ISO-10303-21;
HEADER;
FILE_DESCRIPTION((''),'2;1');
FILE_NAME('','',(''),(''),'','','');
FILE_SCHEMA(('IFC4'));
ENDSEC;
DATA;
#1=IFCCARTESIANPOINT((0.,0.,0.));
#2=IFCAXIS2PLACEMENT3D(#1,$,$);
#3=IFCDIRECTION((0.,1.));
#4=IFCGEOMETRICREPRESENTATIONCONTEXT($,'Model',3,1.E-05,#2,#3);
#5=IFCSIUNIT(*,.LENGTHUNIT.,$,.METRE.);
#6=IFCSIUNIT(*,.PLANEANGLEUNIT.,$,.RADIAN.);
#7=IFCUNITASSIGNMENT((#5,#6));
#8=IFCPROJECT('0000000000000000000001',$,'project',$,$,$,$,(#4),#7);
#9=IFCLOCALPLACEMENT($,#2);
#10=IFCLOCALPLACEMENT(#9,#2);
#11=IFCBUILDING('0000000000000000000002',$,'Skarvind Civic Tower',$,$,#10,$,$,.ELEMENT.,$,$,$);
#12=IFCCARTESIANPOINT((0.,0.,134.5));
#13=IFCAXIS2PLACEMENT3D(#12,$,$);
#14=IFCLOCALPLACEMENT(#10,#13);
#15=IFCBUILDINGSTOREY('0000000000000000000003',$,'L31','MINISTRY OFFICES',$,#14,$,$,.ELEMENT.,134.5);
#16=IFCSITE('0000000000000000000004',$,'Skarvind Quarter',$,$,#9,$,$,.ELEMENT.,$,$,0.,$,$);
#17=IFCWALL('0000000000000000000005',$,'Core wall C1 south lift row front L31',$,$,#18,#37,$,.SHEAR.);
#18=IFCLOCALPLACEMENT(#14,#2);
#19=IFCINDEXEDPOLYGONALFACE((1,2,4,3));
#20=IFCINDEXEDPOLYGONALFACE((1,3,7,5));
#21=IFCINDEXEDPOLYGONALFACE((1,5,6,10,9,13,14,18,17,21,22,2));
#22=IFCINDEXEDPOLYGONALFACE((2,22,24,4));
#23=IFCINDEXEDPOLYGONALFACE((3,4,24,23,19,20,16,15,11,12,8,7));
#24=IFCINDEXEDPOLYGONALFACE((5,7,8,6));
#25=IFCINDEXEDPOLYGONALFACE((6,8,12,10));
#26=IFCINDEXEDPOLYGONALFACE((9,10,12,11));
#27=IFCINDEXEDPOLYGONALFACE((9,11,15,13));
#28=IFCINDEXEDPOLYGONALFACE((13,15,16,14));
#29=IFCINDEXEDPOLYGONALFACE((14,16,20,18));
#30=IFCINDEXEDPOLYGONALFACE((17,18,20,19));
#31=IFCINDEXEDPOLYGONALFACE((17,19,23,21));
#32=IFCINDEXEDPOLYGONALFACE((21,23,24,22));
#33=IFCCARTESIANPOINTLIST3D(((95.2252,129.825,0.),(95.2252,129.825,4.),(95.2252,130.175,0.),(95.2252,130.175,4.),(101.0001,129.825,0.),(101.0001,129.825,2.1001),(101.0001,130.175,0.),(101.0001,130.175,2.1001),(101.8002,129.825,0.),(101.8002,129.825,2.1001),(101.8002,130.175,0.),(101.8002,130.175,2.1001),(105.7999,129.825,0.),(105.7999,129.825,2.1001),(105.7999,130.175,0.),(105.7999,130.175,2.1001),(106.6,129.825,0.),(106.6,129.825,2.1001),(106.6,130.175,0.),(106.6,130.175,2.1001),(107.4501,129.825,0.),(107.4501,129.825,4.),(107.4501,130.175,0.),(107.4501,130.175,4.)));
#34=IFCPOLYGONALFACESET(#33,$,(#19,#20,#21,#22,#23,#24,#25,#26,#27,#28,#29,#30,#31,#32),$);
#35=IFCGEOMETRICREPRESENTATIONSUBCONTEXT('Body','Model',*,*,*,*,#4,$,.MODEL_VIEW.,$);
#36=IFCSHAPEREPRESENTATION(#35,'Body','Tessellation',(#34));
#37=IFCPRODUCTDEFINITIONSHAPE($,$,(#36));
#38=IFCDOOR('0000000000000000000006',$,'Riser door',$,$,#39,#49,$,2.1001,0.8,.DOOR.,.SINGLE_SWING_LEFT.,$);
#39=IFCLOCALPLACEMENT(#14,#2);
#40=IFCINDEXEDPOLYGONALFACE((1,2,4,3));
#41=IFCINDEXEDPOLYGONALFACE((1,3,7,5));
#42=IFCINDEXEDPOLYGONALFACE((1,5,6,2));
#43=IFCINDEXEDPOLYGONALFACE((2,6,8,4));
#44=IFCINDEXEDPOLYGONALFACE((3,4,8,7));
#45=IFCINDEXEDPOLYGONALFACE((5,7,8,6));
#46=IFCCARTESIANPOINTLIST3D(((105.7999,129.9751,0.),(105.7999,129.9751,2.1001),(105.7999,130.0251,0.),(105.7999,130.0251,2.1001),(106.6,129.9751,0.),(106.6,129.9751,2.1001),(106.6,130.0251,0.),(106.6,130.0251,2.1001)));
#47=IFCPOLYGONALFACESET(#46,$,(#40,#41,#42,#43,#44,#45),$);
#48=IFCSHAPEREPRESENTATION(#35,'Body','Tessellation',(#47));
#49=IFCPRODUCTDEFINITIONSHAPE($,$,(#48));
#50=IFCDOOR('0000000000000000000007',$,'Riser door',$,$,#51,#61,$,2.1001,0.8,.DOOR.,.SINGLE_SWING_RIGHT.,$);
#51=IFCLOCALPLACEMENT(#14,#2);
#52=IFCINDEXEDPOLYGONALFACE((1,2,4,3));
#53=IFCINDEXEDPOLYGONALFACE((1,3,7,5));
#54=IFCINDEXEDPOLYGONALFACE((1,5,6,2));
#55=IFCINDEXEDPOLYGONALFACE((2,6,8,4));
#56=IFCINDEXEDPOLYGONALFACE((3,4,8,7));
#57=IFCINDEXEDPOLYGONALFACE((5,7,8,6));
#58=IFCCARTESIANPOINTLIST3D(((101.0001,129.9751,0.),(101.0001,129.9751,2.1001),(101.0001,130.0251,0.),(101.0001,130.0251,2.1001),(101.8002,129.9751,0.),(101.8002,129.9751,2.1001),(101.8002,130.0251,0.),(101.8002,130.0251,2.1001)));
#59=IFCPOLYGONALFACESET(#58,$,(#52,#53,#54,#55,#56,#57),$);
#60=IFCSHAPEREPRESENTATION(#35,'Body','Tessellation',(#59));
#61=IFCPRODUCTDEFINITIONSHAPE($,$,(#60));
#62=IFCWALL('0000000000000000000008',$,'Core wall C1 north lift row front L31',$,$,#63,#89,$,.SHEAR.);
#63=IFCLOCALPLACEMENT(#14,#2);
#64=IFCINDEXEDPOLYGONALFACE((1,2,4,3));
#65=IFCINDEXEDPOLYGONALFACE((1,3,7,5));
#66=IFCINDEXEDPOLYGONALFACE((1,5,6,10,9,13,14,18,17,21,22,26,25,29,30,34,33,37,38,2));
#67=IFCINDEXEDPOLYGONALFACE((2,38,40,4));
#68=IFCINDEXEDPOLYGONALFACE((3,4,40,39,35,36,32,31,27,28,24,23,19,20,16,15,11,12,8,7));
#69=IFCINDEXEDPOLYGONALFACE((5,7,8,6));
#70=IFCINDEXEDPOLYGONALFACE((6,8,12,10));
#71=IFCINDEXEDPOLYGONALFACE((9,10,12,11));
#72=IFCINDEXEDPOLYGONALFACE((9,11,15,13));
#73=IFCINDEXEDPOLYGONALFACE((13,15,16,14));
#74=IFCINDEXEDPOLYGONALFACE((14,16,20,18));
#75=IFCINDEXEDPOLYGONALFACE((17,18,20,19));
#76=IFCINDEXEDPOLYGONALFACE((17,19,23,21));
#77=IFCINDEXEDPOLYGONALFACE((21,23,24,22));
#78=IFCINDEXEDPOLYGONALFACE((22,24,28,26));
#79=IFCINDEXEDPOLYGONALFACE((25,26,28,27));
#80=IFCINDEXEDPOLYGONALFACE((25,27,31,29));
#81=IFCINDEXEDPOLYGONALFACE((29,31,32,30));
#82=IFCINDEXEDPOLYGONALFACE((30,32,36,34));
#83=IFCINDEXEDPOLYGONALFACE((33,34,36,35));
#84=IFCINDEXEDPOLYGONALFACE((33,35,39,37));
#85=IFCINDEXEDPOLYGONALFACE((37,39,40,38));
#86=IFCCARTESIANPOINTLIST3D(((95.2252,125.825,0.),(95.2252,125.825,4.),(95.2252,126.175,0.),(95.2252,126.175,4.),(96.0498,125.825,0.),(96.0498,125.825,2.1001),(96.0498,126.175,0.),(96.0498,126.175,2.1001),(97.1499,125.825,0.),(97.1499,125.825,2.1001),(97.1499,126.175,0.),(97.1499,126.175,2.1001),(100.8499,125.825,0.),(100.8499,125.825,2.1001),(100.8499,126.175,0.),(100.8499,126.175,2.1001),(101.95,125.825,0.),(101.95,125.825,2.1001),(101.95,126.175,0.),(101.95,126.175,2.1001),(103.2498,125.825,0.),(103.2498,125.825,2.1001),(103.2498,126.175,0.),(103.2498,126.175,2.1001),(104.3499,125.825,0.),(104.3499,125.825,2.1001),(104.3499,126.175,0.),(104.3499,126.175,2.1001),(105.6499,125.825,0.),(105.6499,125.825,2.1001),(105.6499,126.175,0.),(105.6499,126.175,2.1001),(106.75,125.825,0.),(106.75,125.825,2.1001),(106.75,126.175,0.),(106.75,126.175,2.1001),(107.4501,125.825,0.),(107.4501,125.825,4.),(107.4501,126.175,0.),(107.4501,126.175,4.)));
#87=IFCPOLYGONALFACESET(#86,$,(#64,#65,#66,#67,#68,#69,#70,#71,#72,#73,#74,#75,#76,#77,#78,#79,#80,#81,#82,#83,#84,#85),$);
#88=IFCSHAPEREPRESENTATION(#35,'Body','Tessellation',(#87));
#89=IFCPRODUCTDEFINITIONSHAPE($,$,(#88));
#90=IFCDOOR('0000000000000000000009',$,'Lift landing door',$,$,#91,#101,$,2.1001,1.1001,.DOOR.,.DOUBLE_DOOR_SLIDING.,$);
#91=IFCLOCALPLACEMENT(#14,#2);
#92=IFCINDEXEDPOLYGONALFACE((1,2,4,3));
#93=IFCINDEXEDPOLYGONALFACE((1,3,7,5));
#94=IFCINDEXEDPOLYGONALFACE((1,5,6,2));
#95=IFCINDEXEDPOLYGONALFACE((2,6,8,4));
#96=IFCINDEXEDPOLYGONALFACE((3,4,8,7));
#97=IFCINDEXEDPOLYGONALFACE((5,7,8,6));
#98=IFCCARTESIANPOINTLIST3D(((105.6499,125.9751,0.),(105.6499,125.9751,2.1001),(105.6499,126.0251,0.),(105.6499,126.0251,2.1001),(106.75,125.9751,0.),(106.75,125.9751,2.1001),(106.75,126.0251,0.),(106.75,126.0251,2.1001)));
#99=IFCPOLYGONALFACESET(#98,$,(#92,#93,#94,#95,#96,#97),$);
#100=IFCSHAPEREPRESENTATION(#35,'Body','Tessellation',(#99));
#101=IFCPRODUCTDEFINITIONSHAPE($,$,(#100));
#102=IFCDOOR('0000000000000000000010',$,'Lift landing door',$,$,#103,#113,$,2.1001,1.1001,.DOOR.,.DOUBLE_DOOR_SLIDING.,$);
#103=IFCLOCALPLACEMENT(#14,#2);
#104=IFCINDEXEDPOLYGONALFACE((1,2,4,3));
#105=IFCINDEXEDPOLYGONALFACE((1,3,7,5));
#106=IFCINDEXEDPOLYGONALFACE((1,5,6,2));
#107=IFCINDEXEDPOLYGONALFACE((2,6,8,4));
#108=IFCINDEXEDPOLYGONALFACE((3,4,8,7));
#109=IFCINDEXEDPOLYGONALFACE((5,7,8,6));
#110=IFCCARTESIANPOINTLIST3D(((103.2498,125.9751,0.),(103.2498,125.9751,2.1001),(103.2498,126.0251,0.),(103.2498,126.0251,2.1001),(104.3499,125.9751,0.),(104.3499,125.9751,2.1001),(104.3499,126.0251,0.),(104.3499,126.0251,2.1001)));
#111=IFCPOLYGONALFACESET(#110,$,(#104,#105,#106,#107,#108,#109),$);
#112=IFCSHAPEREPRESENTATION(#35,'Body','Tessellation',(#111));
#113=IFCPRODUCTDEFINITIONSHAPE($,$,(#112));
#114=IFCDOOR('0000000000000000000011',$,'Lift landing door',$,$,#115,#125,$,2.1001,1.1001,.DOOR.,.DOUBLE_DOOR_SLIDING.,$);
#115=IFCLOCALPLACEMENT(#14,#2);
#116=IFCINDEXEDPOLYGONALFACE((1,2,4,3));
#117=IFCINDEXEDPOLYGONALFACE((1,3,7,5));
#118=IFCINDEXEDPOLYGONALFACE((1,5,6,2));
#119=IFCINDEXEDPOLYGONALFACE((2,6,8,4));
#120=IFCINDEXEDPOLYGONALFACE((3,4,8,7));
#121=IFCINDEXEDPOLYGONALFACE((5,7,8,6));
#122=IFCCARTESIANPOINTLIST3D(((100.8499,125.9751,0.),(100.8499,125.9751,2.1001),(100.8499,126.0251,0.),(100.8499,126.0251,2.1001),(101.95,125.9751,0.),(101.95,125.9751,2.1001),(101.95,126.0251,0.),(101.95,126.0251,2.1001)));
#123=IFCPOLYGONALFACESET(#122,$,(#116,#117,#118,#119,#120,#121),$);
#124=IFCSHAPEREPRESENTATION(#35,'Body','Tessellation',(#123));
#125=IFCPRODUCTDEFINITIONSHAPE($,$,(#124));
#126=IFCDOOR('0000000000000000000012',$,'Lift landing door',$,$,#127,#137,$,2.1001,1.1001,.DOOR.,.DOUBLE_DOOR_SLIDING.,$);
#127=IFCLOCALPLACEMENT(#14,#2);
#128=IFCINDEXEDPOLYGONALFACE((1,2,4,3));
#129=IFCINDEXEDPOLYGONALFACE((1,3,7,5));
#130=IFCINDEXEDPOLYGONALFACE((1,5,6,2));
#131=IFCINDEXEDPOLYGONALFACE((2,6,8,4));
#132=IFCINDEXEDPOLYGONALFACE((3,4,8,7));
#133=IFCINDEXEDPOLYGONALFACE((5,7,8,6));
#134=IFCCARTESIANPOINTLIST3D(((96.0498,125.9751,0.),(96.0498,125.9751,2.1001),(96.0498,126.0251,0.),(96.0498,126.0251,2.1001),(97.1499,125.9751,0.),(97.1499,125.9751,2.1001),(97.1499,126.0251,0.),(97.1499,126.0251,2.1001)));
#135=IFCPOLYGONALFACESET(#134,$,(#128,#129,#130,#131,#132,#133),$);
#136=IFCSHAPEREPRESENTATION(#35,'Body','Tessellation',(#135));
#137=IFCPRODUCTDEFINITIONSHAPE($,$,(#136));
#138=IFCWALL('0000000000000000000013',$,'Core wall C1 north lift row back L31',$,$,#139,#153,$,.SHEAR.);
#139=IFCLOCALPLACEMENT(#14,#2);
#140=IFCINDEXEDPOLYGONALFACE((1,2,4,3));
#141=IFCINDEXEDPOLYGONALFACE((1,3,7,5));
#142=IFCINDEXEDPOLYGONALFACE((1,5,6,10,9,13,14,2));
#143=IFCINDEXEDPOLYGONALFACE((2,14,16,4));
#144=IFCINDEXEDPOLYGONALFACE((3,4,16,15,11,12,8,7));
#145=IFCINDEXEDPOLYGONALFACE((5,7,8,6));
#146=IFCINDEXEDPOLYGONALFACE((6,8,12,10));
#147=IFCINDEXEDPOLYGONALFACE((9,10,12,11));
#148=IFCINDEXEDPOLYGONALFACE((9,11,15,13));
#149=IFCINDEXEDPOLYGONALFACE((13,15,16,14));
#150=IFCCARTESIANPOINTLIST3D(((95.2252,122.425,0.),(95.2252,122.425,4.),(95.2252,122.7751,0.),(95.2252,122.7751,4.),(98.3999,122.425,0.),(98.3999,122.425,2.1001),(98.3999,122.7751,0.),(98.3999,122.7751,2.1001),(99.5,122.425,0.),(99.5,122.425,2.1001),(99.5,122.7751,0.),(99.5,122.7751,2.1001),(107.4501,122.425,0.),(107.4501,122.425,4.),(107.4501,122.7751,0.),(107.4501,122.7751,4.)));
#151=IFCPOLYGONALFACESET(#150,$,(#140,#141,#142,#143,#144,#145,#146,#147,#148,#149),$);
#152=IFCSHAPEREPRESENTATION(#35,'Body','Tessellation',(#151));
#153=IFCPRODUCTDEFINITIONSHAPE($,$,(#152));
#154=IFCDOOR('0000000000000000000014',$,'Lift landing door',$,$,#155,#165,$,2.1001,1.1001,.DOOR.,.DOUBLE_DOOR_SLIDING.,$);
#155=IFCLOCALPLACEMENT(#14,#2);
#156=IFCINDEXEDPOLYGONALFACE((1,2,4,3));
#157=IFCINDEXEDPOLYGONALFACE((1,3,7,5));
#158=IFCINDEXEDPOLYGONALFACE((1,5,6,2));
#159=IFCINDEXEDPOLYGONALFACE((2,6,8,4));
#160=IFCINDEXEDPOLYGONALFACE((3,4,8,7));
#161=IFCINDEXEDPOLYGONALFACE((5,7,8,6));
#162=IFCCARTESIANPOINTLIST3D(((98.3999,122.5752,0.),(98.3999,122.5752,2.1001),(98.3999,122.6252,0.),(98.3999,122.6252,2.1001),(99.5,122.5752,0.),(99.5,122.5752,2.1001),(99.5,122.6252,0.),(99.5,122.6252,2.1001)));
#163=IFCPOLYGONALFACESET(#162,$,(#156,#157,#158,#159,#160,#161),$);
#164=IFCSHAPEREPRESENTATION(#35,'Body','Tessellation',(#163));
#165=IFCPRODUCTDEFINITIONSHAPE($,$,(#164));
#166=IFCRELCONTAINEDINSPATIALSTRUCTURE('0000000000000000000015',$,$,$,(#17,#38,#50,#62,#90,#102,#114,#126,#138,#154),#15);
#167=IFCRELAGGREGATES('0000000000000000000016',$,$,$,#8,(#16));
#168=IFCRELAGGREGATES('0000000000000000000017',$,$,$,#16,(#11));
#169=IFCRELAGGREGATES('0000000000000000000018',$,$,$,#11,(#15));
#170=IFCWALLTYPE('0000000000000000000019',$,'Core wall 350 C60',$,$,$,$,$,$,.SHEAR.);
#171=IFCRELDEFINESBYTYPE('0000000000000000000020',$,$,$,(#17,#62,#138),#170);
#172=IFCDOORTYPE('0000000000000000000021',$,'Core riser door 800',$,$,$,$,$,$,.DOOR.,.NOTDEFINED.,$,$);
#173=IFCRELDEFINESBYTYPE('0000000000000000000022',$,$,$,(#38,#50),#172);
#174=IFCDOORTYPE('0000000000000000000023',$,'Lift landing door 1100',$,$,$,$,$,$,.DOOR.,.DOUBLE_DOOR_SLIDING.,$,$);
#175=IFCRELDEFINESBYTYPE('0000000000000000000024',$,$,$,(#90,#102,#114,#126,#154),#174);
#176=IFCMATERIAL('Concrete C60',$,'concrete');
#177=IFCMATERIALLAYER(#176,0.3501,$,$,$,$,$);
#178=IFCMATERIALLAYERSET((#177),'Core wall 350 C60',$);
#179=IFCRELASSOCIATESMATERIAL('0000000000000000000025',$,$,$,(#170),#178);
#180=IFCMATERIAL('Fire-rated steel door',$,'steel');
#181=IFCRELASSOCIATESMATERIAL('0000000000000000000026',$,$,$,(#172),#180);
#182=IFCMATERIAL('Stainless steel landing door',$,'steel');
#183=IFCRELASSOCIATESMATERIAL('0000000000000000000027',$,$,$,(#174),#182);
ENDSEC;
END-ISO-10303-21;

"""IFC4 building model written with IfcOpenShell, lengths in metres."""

from ifc_helpers import new_model, si_unit, direction, frame, frame_2d, origin, place, context, subcontext, project, spatial, rectangle, extrude, material, layer, layer_set, type_object, element, fill, save


model = new_model("IFC4")

# Units and contexts
model_context = context("Model", 3, precision=1e-05, world=origin(), true_north=direction((0.0, 1.0)))
body_context = subcontext(model_context, "Body", "Model", "MODEL_VIEW")
ifc_project = project(units=[si_unit("LENGTHUNIT", "METRE"), si_unit("PLANEANGLEUNIT", "RADIAN")], contexts=[model_context])

# Site, building, storey
site_placement = place(None, origin())
site = spatial("IfcSite", under=ifc_project, at=site_placement, Name="Skarvind Quarter", CompositionType="ELEMENT", RefElevation=0.0)
building_placement = place(site_placement, origin())
building = spatial("IfcBuilding", under=site, at=building_placement, Name="Skarvind Civic Tower", CompositionType="ELEMENT")
storey_placement = place(building_placement, frame((0.0, 0.0, 134.5)))
storey = spatial("IfcBuildingStorey", under=building, at=storey_placement, Name="L31", Description="MINISTRY OFFICES", CompositionType="ELEMENT", Elevation=134.5)

# Walls, openings, doors
ifc_material_1 = material(Name="Concrete C60", Category="concrete")
ifc_layer_1 = layer(ifc_material_1, 0.3501)
ifc_layer_set_1 = layer_set([ifc_layer_1], Name="Core wall 350 C60")
wall_type_1 = type_object("IfcWallType", Name="Core wall 350 C60", PredefinedType="SHEAR", material=ifc_layer_set_1)
wall_1_placement = place(storey_placement, frame((107.45, 130.0, 0.0), z_axis=(0.0, 0.0, 1.0), x_axis=(-1.0, 0.0, 0.0)))
wall_1 = element("IfcWall", 1, at=wall_1_placement, inside=storey, type_object=wall_type_1, Name="Core wall C1 south lift row front L31", PredefinedType="SHEAR", context=body_context, shape_type="SweptSolid", body=[
    extrude(rectangle(XDim=12.2249, YDim=0.3501, at=frame_2d((6.1123, 0.0))), origin(), (0.0, 0.0, 1.0), 4.0),
])
opening_1_placement = place(wall_1_placement, frame((0.8501, 0.0, 0.0)))
opening_1 = element("IfcOpeningElement", 2, at=opening_1_placement, cuts=wall_1, PredefinedType="OPENING", context=body_context, shape_type="SweptSolid", body=[
    extrude(rectangle(XDim=0.8, YDim=2.1001, at=frame_2d((0.3999, 1.05))), frame((0.0, 0.1851, 0.0), z_axis=(0.0, -1.0, 0.0), x_axis=(1.0, 0.0, 0.0)), (0.0, 0.0, 1.0), 0.3701),
])
opening_2_placement = place(wall_1_placement, frame((5.6499, 0.0, 0.0)))
opening_2 = element("IfcOpeningElement", 3, at=opening_2_placement, cuts=wall_1, PredefinedType="OPENING", context=body_context, shape_type="SweptSolid", body=[
    extrude(rectangle(XDim=0.8, YDim=2.1001, at=frame_2d((0.3999, 1.05))), frame((0.0, 0.1851, 0.0), z_axis=(0.0, -1.0, 0.0), x_axis=(1.0, 0.0, 0.0)), (0.0, 0.0, 1.0), 0.3701),
])
ifc_material_2 = material(Name="Fire-rated steel door", Category="steel")
door_type_1 = type_object("IfcDoorType", Name="Core riser door 800", OperationType="NOTDEFINED", PredefinedType="DOOR", material=ifc_material_2)
door_1_placement = place(opening_1_placement, origin())
door_1 = element("IfcDoor", 4, at=door_1_placement, inside=storey, type_object=door_type_1, Name="Riser door", OperationType="SINGLE_SWING_LEFT", OverallHeight=2.1001, OverallWidth=0.8, PredefinedType="DOOR", context=body_context, shape_type="SweptSolid", body=[
    extrude(rectangle(XDim=0.8, YDim=2.1001, at=frame_2d((0.3999, 1.05))), frame((0.0, 0.0249, 0.0), z_axis=(0.0, -1.0, 0.0), x_axis=(1.0, 0.0, 0.0)), (0.0, 0.0, 1.0), 0.05),
])
fill(opening_1, door_1)
door_2_placement = place(opening_2_placement, origin())
door_2 = element("IfcDoor", 5, at=door_2_placement, inside=storey, type_object=door_type_1, Name="Riser door", OperationType="SINGLE_SWING_RIGHT", OverallHeight=2.1001, OverallWidth=0.8, PredefinedType="DOOR", context=body_context, shape_type="SweptSolid", body=[
    extrude(rectangle(XDim=0.8, YDim=2.1001, at=frame_2d((0.3999, 1.05))), frame((0.0, 0.0249, 0.0), z_axis=(0.0, -1.0, 0.0), x_axis=(1.0, 0.0, 0.0)), (0.0, 0.0, 1.0), 0.05),
])
fill(opening_2, door_2)
wall_2_placement = place(storey_placement, frame((107.45, 126.0, 0.0), z_axis=(0.0, 0.0, 1.0), x_axis=(-1.0, 0.0, 0.0)))
wall_2 = element("IfcWall", 6, at=wall_2_placement, inside=storey, type_object=wall_type_1, Name="Core wall C1 north lift row front L31", PredefinedType="SHEAR", context=body_context, shape_type="SweptSolid", body=[
    extrude(rectangle(XDim=12.2249, YDim=0.3501, at=frame_2d((6.1123, 0.0))), origin(), (0.0, 0.0, 1.0), 4.0),
])
opening_3_placement = place(wall_2_placement, frame((0.7, 0.0, 0.0)))
opening_3 = element("IfcOpeningElement", 7, at=opening_3_placement, cuts=wall_2, PredefinedType="OPENING", context=body_context, shape_type="SweptSolid", body=[
    extrude(rectangle(XDim=1.1001, YDim=2.1001, at=frame_2d((0.55, 1.05))), frame((0.0, 0.1851, 0.0), z_axis=(0.0, -1.0, 0.0), x_axis=(1.0, 0.0, 0.0)), (0.0, 0.0, 1.0), 0.3701),
])
opening_4_placement = place(wall_2_placement, frame((3.1001, 0.0, 0.0)))
opening_4 = element("IfcOpeningElement", 8, at=opening_4_placement, cuts=wall_2, PredefinedType="OPENING", context=body_context, shape_type="SweptSolid", body=[
    extrude(rectangle(XDim=1.1001, YDim=2.1001, at=frame_2d((0.55, 1.05))), frame((0.0, 0.1851, 0.0), z_axis=(0.0, -1.0, 0.0), x_axis=(1.0, 0.0, 0.0)), (0.0, 0.0, 1.0), 0.3701),
])
opening_5_placement = place(wall_2_placement, frame((5.5, 0.0, 0.0)))
opening_5 = element("IfcOpeningElement", 9, at=opening_5_placement, cuts=wall_2, PredefinedType="OPENING", context=body_context, shape_type="SweptSolid", body=[
    extrude(rectangle(XDim=1.1001, YDim=2.1001, at=frame_2d((0.55, 1.05))), frame((0.0, 0.1851, 0.0), z_axis=(0.0, -1.0, 0.0), x_axis=(1.0, 0.0, 0.0)), (0.0, 0.0, 1.0), 0.3701),
])
opening_6_placement = place(wall_2_placement, frame((10.3, 0.0, 0.0)))
opening_6 = element("IfcOpeningElement", 10, at=opening_6_placement, cuts=wall_2, PredefinedType="OPENING", context=body_context, shape_type="SweptSolid", body=[
    extrude(rectangle(XDim=1.1001, YDim=2.1001, at=frame_2d((0.55, 1.05))), frame((0.0, 0.1851, 0.0), z_axis=(0.0, -1.0, 0.0), x_axis=(1.0, 0.0, 0.0)), (0.0, 0.0, 1.0), 0.3701),
])
ifc_material_3 = material(Name="Stainless steel landing door", Category="steel")
door_type_2 = type_object("IfcDoorType", Name="Lift landing door 1100", OperationType="DOUBLE_DOOR_SLIDING", PredefinedType="DOOR", material=ifc_material_3)
door_3_placement = place(opening_3_placement, origin())
door_3 = element("IfcDoor", 11, at=door_3_placement, inside=storey, type_object=door_type_2, Name="Lift landing door", OperationType="DOUBLE_DOOR_SLIDING", OverallHeight=2.1001, OverallWidth=1.1001, PredefinedType="DOOR", context=body_context, shape_type="SweptSolid", body=[
    extrude(rectangle(XDim=1.1001, YDim=2.1001, at=frame_2d((0.55, 1.05))), frame((0.0, 0.0249, 0.0), z_axis=(0.0, -1.0, 0.0), x_axis=(1.0, 0.0, 0.0)), (0.0, 0.0, 1.0), 0.05),
])
fill(opening_3, door_3)
door_4_placement = place(opening_4_placement, origin())
door_4 = element("IfcDoor", 12, at=door_4_placement, inside=storey, type_object=door_type_2, Name="Lift landing door", OperationType="DOUBLE_DOOR_SLIDING", OverallHeight=2.1001, OverallWidth=1.1001, PredefinedType="DOOR", context=body_context, shape_type="SweptSolid", body=[
    extrude(rectangle(XDim=1.1001, YDim=2.1001, at=frame_2d((0.55, 1.05))), frame((0.0, 0.0249, 0.0), z_axis=(0.0, -1.0, 0.0), x_axis=(1.0, 0.0, 0.0)), (0.0, 0.0, 1.0), 0.05),
])
fill(opening_4, door_4)
door_5_placement = place(opening_5_placement, origin())
door_5 = element("IfcDoor", 13, at=door_5_placement, inside=storey, type_object=door_type_2, Name="Lift landing door", OperationType="DOUBLE_DOOR_SLIDING", OverallHeight=2.1001, OverallWidth=1.1001, PredefinedType="DOOR", context=body_context, shape_type="SweptSolid", body=[
    extrude(rectangle(XDim=1.1001, YDim=2.1001, at=frame_2d((0.55, 1.05))), frame((0.0, 0.0249, 0.0), z_axis=(0.0, -1.0, 0.0), x_axis=(1.0, 0.0, 0.0)), (0.0, 0.0, 1.0), 0.05),
])
fill(opening_5, door_5)
door_6_placement = place(opening_6_placement, origin())
door_6 = element("IfcDoor", 14, at=door_6_placement, inside=storey, type_object=door_type_2, Name="Lift landing door", OperationType="DOUBLE_DOOR_SLIDING", OverallHeight=2.1001, OverallWidth=1.1001, PredefinedType="DOOR", context=body_context, shape_type="SweptSolid", body=[
    extrude(rectangle(XDim=1.1001, YDim=2.1001, at=frame_2d((0.55, 1.05))), frame((0.0, 0.0249, 0.0), z_axis=(0.0, -1.0, 0.0), x_axis=(1.0, 0.0, 0.0)), (0.0, 0.0, 1.0), 0.05),
])
fill(opening_6, door_6)

# Wall, opening, door
wall_3_placement = place(storey_placement, frame((107.45, 122.6001, 0.0), z_axis=(0.0, 0.0, 1.0), x_axis=(-1.0, 0.0, 0.0)))
wall_3 = element("IfcWall", 15, at=wall_3_placement, inside=storey, type_object=wall_type_1, Name="Core wall C1 north lift row back L31", PredefinedType="SHEAR", context=body_context, shape_type="SweptSolid", body=[
    extrude(rectangle(XDim=12.2249, YDim=0.3501, at=frame_2d((6.1123, 0.0))), origin(), (0.0, 0.0, 1.0), 4.0),
])
opening_7_placement = place(wall_3_placement, frame((7.95, 0.0, 0.0)))
opening_7 = element("IfcOpeningElement", 16, at=opening_7_placement, cuts=wall_3, PredefinedType="OPENING", context=body_context, shape_type="SweptSolid", body=[
    extrude(rectangle(XDim=1.1001, YDim=2.1001, at=frame_2d((0.55, 1.05))), frame((0.0, 0.1851, 0.0), z_axis=(0.0, -1.0, 0.0), x_axis=(1.0, 0.0, 0.0)), (0.0, 0.0, 1.0), 0.3701),
])
door_7_placement = place(opening_7_placement, origin())
door_7 = element("IfcDoor", 17, at=door_7_placement, inside=storey, type_object=door_type_2, Name="Lift landing door", OperationType="DOUBLE_DOOR_SLIDING", OverallHeight=2.1001, OverallWidth=1.1001, PredefinedType="DOOR", context=body_context, shape_type="SweptSolid", body=[
    extrude(rectangle(XDim=1.1001, YDim=2.1001, at=frame_2d((0.55, 1.05))), frame((0.0, 0.0249, 0.0), z_axis=(0.0, -1.0, 0.0), x_axis=(1.0, 0.0, 0.0)), (0.0, 0.0, 1.0), 0.05),
])
fill(opening_7, door_7)

save(model, "model.ifc")
